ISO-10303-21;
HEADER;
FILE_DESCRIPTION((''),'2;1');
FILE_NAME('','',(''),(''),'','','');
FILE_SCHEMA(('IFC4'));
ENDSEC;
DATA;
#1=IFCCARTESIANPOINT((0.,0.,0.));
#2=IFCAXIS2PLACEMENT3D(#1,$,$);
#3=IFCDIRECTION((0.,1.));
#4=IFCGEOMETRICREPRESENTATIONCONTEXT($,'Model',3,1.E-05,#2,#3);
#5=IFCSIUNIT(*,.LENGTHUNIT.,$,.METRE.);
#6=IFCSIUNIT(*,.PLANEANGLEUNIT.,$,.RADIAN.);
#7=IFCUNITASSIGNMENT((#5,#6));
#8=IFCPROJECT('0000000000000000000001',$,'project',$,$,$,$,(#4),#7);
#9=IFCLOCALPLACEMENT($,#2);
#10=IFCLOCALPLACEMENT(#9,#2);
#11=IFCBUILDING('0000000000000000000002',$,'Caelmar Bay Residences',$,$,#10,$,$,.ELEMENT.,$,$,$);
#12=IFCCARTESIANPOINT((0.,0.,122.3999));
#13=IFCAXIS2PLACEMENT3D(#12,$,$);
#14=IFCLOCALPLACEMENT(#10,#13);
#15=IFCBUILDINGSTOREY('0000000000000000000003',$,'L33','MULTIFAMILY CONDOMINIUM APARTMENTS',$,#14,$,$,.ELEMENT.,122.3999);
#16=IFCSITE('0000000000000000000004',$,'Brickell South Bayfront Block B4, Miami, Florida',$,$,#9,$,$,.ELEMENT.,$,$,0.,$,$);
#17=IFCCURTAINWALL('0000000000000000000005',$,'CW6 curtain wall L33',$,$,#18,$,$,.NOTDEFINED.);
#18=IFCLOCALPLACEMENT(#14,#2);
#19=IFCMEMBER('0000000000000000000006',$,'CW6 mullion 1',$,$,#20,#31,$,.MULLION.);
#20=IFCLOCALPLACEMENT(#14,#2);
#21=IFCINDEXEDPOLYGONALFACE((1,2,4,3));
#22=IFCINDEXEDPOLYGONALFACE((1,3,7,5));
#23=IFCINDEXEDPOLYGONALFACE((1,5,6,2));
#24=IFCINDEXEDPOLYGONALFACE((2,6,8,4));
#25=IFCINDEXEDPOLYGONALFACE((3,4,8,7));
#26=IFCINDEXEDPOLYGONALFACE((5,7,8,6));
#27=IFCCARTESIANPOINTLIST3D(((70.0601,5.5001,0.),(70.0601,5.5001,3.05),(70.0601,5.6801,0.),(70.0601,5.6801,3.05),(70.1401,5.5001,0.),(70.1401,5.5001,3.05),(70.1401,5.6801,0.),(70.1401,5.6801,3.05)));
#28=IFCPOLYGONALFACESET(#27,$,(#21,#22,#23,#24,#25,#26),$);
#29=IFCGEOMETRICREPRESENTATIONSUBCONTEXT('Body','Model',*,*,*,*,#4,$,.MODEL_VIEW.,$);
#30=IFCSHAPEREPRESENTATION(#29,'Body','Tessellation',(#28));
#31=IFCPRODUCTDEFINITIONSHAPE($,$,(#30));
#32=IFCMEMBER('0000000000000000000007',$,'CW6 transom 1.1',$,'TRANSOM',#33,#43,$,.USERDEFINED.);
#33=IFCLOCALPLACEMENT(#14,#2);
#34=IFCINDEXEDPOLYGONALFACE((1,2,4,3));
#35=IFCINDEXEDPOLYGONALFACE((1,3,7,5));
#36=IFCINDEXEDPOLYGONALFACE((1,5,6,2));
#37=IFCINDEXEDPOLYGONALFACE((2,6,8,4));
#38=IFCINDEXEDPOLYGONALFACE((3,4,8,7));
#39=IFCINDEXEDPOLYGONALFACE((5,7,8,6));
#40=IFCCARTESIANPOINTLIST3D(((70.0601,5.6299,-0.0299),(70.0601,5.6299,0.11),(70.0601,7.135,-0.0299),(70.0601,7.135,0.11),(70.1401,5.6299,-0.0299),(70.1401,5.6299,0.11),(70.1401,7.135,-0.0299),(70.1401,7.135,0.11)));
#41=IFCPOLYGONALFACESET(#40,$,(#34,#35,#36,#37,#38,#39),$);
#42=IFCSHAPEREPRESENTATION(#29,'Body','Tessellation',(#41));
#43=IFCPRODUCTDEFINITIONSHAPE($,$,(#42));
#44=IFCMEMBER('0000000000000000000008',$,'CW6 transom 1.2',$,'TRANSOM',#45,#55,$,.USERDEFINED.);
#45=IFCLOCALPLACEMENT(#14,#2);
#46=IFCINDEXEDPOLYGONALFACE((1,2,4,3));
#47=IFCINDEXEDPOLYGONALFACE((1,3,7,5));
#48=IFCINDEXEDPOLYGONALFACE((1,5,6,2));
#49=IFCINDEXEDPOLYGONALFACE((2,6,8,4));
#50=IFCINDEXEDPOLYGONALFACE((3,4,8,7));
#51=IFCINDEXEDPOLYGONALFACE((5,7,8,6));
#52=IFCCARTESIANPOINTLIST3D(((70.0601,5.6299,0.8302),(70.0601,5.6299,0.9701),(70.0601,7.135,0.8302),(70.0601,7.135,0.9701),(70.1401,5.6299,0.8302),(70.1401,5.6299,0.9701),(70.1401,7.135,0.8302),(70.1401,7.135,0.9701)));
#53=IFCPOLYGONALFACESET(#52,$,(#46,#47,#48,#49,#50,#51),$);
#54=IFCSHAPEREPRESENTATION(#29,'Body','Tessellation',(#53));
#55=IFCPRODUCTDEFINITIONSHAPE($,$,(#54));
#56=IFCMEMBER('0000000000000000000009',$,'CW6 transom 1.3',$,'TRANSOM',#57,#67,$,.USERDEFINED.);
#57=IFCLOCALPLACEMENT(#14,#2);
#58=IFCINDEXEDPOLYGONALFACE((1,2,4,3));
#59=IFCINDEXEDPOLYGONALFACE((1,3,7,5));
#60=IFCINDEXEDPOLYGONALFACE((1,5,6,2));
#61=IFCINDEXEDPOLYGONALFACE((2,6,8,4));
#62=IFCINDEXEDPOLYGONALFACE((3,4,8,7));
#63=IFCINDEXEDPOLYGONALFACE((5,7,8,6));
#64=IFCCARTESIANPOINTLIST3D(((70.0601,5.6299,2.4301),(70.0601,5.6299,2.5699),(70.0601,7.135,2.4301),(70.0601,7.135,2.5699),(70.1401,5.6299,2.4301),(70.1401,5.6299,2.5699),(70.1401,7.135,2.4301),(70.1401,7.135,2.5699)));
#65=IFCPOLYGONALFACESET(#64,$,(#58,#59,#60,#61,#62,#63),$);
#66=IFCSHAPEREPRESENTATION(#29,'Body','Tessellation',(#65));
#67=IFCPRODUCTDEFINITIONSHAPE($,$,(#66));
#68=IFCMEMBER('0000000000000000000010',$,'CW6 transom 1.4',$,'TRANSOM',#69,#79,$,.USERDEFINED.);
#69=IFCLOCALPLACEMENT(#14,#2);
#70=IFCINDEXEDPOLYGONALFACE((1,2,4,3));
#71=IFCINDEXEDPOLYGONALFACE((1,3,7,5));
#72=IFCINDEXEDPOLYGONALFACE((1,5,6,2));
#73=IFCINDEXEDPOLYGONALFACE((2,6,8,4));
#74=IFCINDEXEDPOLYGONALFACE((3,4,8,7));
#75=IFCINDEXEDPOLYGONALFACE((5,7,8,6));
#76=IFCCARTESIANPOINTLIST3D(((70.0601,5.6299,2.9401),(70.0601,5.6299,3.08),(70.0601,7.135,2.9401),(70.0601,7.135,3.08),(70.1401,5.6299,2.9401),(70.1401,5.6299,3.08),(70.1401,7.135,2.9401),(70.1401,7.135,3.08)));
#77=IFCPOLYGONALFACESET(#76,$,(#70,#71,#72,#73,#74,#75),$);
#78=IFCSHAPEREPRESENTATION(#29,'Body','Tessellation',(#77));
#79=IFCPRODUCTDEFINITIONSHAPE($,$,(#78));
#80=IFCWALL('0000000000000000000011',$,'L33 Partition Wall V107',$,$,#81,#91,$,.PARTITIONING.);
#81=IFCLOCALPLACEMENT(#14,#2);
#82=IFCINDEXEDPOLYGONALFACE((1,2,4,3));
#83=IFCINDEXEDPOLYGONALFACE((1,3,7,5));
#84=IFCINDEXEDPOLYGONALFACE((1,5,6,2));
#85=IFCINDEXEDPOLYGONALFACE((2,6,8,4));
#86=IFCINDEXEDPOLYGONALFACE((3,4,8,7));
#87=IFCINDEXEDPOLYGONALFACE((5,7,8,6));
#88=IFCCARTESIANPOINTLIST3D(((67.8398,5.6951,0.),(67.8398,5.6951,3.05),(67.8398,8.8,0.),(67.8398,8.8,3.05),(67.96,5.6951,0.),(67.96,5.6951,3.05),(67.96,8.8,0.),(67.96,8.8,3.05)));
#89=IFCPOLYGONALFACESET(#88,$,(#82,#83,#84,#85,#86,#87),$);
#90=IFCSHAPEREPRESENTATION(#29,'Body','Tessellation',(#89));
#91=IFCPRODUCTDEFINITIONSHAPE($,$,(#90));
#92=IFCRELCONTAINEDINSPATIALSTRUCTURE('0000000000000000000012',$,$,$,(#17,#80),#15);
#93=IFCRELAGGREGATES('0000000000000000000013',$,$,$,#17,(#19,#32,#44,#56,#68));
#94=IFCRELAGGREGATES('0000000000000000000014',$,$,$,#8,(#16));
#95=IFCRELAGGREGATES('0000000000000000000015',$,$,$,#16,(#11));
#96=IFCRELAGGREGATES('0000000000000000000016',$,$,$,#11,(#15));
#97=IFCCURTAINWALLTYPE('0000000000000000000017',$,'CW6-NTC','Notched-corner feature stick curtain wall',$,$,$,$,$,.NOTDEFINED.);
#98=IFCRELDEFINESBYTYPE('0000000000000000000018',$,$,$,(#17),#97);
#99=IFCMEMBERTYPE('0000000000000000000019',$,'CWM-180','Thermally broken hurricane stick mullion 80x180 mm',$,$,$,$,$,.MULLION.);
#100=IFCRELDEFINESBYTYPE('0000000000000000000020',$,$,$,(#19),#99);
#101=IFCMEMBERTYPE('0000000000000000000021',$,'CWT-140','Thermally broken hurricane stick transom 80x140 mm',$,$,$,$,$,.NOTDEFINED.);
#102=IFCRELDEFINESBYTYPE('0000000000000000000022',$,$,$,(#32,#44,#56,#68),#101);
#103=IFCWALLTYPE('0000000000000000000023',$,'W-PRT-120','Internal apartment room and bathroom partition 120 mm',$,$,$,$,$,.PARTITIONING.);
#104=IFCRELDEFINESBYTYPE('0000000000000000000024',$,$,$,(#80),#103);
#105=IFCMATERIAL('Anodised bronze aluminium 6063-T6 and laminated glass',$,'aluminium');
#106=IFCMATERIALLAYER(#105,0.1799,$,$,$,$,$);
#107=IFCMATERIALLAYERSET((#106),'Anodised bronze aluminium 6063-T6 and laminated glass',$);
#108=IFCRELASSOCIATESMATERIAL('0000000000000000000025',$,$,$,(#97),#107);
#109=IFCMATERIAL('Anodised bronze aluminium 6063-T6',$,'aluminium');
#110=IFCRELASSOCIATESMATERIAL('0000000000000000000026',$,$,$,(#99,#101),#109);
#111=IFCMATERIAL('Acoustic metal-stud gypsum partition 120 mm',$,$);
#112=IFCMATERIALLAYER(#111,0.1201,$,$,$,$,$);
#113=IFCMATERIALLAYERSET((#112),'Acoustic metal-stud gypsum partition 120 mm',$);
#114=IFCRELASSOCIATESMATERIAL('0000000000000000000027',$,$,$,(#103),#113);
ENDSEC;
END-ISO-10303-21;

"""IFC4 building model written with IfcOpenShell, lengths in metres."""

from ifc_helpers import new_model, si_unit, direction, frame, frame_2d, origin, origin_2d, place, context, subcontext, project, spatial, rectangle, extrude, material, layer, layer_set, material_profile, profile_set, type_object, element, aggregate, save


model = new_model("IFC4")

# Units and contexts
model_context = context("Model", 3, precision=1e-05, world=origin(), true_north=direction((0.0, 1.0)))
body_context = subcontext(model_context, "Body", "Model", "MODEL_VIEW")
ifc_project = project(units=[si_unit("LENGTHUNIT", "METRE"), si_unit("PLANEANGLEUNIT", "RADIAN")], contexts=[model_context])

# Site, building, storey
site_placement = place(None, origin())
site = spatial("IfcSite", under=ifc_project, at=site_placement, Name="Brickell South Bayfront Block B4, Miami, Florida", CompositionType="ELEMENT", RefElevation=0.0)
building_placement = place(site_placement, origin())
building = spatial("IfcBuilding", under=site, at=building_placement, Name="Caelmar Bay Residences", CompositionType="ELEMENT")
storey_placement = place(building_placement, frame((0.0, 0.0, 122.3999)))
storey = spatial("IfcBuildingStorey", under=building, at=storey_placement, Name="L33", Description="MULTIFAMILY CONDOMINIUM APARTMENTS", CompositionType="ELEMENT", Elevation=122.3999)

# Curtain wall, members
ifc_material_1 = material(Name="Anodised bronze aluminium 6063-T6 and laminated glass", Category="aluminium")
ifc_layer_1 = layer(ifc_material_1, 0.1799)
ifc_layer_set_1 = layer_set([ifc_layer_1], Name="Anodised bronze aluminium 6063-T6 and laminated glass")
curtain_wall_type = type_object("IfcCurtainWallType", Name="CW6-NTC", Description="Notched-corner feature stick curtain wall", PredefinedType="NOTDEFINED", material=ifc_layer_set_1)
curtain_wall_placement = place(storey_placement, origin())
curtain_wall = element("IfcCurtainWall", 1, at=curtain_wall_placement, inside=storey, type_object=curtain_wall_type, Name="CW6 curtain wall L33", PredefinedType="NOTDEFINED")
ifc_material_2 = material(Name="Anodised bronze aluminium 6063-T6", Category="aluminium")
ifc_material_profile_1 = material_profile(ifc_material_2, rectangle(XDim=0.0801, YDim=0.1799, at=origin_2d()), Name="CWM-80X180")
ifc_profile_set_1 = profile_set([ifc_material_profile_1], Name="Anodised bronze aluminium 6063-T6")
member_type_1 = type_object("IfcMemberType", Name="CWM-180", Description="Thermally broken hurricane stick mullion 80x180 mm", PredefinedType="MULLION", material=ifc_profile_set_1)
member_1_placement = place(storey_placement, frame((70.1001, 5.5901, 0.0), z_axis=(0.0, 0.0, 1.0), x_axis=(-1.0, 0.0, 0.0)))
member_1 = element("IfcMember", 2, at=member_1_placement, type_object=member_type_1, Name="CW6 mullion 1", PredefinedType="MULLION", context=body_context, shape_type="SweptSolid", body=[
    extrude(rectangle(XDim=0.0801, YDim=0.1799, at=origin_2d()), origin(), (0.0, 0.0, 1.0), 3.05),
])
ifc_material_profile_2 = material_profile(ifc_material_2, rectangle(XDim=0.0801, YDim=0.1399, at=origin_2d()), Name="CWT-80X140")
ifc_profile_set_2 = profile_set([ifc_material_profile_2], Name="Anodised bronze aluminium 6063-T6")
member_type_2 = type_object("IfcMemberType", Name="CWT-140", Description="Thermally broken hurricane stick transom 80x140 mm", PredefinedType="NOTDEFINED", material=ifc_profile_set_2)
member_2_placement = place(storey_placement, frame((70.1001, 5.6299, 0.04), z_axis=(0.0, 1.0, 0.0), x_axis=(-1.0, 0.0, 0.0)))
member_2 = element("IfcMember", 3, at=member_2_placement, type_object=member_type_2, Name="CW6 transom 1.1", ObjectType="TRANSOM", PredefinedType="USERDEFINED", context=body_context, shape_type="SweptSolid", body=[
    extrude(rectangle(XDim=0.0801, YDim=0.1399, at=origin_2d()), origin(), (0.0, 0.0, 1.0), 1.5051),
])
member_3_placement = place(storey_placement, frame((70.1001, 5.6299, 0.9001), z_axis=(0.0, 1.0, 0.0), x_axis=(-1.0, 0.0, 0.0)))
member_3 = element("IfcMember", 4, at=member_3_placement, type_object=member_type_2, Name="CW6 transom 1.2", ObjectType="TRANSOM", PredefinedType="USERDEFINED", context=body_context, shape_type="SweptSolid", body=[
    extrude(rectangle(XDim=0.0801, YDim=0.1399, at=origin_2d()), origin(), (0.0, 0.0, 1.0), 1.5051),
])
member_4_placement = place(storey_placement, frame((70.1001, 5.6299, 2.5), z_axis=(0.0, 1.0, 0.0), x_axis=(-1.0, 0.0, 0.0)))
member_4 = element("IfcMember", 5, at=member_4_placement, type_object=member_type_2, Name="CW6 transom 1.3", ObjectType="TRANSOM", PredefinedType="USERDEFINED", context=body_context, shape_type="SweptSolid", body=[
    extrude(rectangle(XDim=0.0801, YDim=0.1399, at=origin_2d()), origin(), (0.0, 0.0, 1.0), 1.5051),
])
member_5_placement = place(storey_placement, frame((70.1001, 5.6299, 3.01), z_axis=(0.0, 1.0, 0.0), x_axis=(-1.0, 0.0, 0.0)))
member_5 = element("IfcMember", 6, at=member_5_placement, type_object=member_type_2, Name="CW6 transom 1.4", ObjectType="TRANSOM", PredefinedType="USERDEFINED", context=body_context, shape_type="SweptSolid", body=[
    extrude(rectangle(XDim=0.0801, YDim=0.1399, at=origin_2d()), origin(), (0.0, 0.0, 1.0), 1.5051),
])
aggregate(curtain_wall, [member_1, member_2, member_3, member_4, member_5])

# Wall
ifc_material_3 = material(Name="Acoustic metal-stud gypsum partition 120 mm")
ifc_layer_2 = layer(ifc_material_3, 0.1201)
ifc_layer_set_2 = layer_set([ifc_layer_2], Name="Acoustic metal-stud gypsum partition 120 mm")
wall_type_1 = type_object("IfcWallType", Name="W-PRT-120", Description="Internal apartment room and bathroom partition 120 mm", PredefinedType="PARTITIONING", material=ifc_layer_set_2)
wall_1_placement = place(storey_placement, frame((67.8999, 5.6951, 0.0), z_axis=(0.0, 0.0, 1.0), x_axis=(0.0, 1.0, 0.0)))
element("IfcWall", 7, at=wall_1_placement, inside=storey, type_object=wall_type_1, Name="L33 Partition Wall V107", PredefinedType="PARTITIONING", context=body_context, shape_type="SweptSolid", body=[
    extrude(rectangle(XDim=3.105, YDim=0.1201, at=frame_2d((1.5525, 0.0))), origin(), (0.0, 0.0, 1.0), 3.05),
])

save(model, "model.ifc")
